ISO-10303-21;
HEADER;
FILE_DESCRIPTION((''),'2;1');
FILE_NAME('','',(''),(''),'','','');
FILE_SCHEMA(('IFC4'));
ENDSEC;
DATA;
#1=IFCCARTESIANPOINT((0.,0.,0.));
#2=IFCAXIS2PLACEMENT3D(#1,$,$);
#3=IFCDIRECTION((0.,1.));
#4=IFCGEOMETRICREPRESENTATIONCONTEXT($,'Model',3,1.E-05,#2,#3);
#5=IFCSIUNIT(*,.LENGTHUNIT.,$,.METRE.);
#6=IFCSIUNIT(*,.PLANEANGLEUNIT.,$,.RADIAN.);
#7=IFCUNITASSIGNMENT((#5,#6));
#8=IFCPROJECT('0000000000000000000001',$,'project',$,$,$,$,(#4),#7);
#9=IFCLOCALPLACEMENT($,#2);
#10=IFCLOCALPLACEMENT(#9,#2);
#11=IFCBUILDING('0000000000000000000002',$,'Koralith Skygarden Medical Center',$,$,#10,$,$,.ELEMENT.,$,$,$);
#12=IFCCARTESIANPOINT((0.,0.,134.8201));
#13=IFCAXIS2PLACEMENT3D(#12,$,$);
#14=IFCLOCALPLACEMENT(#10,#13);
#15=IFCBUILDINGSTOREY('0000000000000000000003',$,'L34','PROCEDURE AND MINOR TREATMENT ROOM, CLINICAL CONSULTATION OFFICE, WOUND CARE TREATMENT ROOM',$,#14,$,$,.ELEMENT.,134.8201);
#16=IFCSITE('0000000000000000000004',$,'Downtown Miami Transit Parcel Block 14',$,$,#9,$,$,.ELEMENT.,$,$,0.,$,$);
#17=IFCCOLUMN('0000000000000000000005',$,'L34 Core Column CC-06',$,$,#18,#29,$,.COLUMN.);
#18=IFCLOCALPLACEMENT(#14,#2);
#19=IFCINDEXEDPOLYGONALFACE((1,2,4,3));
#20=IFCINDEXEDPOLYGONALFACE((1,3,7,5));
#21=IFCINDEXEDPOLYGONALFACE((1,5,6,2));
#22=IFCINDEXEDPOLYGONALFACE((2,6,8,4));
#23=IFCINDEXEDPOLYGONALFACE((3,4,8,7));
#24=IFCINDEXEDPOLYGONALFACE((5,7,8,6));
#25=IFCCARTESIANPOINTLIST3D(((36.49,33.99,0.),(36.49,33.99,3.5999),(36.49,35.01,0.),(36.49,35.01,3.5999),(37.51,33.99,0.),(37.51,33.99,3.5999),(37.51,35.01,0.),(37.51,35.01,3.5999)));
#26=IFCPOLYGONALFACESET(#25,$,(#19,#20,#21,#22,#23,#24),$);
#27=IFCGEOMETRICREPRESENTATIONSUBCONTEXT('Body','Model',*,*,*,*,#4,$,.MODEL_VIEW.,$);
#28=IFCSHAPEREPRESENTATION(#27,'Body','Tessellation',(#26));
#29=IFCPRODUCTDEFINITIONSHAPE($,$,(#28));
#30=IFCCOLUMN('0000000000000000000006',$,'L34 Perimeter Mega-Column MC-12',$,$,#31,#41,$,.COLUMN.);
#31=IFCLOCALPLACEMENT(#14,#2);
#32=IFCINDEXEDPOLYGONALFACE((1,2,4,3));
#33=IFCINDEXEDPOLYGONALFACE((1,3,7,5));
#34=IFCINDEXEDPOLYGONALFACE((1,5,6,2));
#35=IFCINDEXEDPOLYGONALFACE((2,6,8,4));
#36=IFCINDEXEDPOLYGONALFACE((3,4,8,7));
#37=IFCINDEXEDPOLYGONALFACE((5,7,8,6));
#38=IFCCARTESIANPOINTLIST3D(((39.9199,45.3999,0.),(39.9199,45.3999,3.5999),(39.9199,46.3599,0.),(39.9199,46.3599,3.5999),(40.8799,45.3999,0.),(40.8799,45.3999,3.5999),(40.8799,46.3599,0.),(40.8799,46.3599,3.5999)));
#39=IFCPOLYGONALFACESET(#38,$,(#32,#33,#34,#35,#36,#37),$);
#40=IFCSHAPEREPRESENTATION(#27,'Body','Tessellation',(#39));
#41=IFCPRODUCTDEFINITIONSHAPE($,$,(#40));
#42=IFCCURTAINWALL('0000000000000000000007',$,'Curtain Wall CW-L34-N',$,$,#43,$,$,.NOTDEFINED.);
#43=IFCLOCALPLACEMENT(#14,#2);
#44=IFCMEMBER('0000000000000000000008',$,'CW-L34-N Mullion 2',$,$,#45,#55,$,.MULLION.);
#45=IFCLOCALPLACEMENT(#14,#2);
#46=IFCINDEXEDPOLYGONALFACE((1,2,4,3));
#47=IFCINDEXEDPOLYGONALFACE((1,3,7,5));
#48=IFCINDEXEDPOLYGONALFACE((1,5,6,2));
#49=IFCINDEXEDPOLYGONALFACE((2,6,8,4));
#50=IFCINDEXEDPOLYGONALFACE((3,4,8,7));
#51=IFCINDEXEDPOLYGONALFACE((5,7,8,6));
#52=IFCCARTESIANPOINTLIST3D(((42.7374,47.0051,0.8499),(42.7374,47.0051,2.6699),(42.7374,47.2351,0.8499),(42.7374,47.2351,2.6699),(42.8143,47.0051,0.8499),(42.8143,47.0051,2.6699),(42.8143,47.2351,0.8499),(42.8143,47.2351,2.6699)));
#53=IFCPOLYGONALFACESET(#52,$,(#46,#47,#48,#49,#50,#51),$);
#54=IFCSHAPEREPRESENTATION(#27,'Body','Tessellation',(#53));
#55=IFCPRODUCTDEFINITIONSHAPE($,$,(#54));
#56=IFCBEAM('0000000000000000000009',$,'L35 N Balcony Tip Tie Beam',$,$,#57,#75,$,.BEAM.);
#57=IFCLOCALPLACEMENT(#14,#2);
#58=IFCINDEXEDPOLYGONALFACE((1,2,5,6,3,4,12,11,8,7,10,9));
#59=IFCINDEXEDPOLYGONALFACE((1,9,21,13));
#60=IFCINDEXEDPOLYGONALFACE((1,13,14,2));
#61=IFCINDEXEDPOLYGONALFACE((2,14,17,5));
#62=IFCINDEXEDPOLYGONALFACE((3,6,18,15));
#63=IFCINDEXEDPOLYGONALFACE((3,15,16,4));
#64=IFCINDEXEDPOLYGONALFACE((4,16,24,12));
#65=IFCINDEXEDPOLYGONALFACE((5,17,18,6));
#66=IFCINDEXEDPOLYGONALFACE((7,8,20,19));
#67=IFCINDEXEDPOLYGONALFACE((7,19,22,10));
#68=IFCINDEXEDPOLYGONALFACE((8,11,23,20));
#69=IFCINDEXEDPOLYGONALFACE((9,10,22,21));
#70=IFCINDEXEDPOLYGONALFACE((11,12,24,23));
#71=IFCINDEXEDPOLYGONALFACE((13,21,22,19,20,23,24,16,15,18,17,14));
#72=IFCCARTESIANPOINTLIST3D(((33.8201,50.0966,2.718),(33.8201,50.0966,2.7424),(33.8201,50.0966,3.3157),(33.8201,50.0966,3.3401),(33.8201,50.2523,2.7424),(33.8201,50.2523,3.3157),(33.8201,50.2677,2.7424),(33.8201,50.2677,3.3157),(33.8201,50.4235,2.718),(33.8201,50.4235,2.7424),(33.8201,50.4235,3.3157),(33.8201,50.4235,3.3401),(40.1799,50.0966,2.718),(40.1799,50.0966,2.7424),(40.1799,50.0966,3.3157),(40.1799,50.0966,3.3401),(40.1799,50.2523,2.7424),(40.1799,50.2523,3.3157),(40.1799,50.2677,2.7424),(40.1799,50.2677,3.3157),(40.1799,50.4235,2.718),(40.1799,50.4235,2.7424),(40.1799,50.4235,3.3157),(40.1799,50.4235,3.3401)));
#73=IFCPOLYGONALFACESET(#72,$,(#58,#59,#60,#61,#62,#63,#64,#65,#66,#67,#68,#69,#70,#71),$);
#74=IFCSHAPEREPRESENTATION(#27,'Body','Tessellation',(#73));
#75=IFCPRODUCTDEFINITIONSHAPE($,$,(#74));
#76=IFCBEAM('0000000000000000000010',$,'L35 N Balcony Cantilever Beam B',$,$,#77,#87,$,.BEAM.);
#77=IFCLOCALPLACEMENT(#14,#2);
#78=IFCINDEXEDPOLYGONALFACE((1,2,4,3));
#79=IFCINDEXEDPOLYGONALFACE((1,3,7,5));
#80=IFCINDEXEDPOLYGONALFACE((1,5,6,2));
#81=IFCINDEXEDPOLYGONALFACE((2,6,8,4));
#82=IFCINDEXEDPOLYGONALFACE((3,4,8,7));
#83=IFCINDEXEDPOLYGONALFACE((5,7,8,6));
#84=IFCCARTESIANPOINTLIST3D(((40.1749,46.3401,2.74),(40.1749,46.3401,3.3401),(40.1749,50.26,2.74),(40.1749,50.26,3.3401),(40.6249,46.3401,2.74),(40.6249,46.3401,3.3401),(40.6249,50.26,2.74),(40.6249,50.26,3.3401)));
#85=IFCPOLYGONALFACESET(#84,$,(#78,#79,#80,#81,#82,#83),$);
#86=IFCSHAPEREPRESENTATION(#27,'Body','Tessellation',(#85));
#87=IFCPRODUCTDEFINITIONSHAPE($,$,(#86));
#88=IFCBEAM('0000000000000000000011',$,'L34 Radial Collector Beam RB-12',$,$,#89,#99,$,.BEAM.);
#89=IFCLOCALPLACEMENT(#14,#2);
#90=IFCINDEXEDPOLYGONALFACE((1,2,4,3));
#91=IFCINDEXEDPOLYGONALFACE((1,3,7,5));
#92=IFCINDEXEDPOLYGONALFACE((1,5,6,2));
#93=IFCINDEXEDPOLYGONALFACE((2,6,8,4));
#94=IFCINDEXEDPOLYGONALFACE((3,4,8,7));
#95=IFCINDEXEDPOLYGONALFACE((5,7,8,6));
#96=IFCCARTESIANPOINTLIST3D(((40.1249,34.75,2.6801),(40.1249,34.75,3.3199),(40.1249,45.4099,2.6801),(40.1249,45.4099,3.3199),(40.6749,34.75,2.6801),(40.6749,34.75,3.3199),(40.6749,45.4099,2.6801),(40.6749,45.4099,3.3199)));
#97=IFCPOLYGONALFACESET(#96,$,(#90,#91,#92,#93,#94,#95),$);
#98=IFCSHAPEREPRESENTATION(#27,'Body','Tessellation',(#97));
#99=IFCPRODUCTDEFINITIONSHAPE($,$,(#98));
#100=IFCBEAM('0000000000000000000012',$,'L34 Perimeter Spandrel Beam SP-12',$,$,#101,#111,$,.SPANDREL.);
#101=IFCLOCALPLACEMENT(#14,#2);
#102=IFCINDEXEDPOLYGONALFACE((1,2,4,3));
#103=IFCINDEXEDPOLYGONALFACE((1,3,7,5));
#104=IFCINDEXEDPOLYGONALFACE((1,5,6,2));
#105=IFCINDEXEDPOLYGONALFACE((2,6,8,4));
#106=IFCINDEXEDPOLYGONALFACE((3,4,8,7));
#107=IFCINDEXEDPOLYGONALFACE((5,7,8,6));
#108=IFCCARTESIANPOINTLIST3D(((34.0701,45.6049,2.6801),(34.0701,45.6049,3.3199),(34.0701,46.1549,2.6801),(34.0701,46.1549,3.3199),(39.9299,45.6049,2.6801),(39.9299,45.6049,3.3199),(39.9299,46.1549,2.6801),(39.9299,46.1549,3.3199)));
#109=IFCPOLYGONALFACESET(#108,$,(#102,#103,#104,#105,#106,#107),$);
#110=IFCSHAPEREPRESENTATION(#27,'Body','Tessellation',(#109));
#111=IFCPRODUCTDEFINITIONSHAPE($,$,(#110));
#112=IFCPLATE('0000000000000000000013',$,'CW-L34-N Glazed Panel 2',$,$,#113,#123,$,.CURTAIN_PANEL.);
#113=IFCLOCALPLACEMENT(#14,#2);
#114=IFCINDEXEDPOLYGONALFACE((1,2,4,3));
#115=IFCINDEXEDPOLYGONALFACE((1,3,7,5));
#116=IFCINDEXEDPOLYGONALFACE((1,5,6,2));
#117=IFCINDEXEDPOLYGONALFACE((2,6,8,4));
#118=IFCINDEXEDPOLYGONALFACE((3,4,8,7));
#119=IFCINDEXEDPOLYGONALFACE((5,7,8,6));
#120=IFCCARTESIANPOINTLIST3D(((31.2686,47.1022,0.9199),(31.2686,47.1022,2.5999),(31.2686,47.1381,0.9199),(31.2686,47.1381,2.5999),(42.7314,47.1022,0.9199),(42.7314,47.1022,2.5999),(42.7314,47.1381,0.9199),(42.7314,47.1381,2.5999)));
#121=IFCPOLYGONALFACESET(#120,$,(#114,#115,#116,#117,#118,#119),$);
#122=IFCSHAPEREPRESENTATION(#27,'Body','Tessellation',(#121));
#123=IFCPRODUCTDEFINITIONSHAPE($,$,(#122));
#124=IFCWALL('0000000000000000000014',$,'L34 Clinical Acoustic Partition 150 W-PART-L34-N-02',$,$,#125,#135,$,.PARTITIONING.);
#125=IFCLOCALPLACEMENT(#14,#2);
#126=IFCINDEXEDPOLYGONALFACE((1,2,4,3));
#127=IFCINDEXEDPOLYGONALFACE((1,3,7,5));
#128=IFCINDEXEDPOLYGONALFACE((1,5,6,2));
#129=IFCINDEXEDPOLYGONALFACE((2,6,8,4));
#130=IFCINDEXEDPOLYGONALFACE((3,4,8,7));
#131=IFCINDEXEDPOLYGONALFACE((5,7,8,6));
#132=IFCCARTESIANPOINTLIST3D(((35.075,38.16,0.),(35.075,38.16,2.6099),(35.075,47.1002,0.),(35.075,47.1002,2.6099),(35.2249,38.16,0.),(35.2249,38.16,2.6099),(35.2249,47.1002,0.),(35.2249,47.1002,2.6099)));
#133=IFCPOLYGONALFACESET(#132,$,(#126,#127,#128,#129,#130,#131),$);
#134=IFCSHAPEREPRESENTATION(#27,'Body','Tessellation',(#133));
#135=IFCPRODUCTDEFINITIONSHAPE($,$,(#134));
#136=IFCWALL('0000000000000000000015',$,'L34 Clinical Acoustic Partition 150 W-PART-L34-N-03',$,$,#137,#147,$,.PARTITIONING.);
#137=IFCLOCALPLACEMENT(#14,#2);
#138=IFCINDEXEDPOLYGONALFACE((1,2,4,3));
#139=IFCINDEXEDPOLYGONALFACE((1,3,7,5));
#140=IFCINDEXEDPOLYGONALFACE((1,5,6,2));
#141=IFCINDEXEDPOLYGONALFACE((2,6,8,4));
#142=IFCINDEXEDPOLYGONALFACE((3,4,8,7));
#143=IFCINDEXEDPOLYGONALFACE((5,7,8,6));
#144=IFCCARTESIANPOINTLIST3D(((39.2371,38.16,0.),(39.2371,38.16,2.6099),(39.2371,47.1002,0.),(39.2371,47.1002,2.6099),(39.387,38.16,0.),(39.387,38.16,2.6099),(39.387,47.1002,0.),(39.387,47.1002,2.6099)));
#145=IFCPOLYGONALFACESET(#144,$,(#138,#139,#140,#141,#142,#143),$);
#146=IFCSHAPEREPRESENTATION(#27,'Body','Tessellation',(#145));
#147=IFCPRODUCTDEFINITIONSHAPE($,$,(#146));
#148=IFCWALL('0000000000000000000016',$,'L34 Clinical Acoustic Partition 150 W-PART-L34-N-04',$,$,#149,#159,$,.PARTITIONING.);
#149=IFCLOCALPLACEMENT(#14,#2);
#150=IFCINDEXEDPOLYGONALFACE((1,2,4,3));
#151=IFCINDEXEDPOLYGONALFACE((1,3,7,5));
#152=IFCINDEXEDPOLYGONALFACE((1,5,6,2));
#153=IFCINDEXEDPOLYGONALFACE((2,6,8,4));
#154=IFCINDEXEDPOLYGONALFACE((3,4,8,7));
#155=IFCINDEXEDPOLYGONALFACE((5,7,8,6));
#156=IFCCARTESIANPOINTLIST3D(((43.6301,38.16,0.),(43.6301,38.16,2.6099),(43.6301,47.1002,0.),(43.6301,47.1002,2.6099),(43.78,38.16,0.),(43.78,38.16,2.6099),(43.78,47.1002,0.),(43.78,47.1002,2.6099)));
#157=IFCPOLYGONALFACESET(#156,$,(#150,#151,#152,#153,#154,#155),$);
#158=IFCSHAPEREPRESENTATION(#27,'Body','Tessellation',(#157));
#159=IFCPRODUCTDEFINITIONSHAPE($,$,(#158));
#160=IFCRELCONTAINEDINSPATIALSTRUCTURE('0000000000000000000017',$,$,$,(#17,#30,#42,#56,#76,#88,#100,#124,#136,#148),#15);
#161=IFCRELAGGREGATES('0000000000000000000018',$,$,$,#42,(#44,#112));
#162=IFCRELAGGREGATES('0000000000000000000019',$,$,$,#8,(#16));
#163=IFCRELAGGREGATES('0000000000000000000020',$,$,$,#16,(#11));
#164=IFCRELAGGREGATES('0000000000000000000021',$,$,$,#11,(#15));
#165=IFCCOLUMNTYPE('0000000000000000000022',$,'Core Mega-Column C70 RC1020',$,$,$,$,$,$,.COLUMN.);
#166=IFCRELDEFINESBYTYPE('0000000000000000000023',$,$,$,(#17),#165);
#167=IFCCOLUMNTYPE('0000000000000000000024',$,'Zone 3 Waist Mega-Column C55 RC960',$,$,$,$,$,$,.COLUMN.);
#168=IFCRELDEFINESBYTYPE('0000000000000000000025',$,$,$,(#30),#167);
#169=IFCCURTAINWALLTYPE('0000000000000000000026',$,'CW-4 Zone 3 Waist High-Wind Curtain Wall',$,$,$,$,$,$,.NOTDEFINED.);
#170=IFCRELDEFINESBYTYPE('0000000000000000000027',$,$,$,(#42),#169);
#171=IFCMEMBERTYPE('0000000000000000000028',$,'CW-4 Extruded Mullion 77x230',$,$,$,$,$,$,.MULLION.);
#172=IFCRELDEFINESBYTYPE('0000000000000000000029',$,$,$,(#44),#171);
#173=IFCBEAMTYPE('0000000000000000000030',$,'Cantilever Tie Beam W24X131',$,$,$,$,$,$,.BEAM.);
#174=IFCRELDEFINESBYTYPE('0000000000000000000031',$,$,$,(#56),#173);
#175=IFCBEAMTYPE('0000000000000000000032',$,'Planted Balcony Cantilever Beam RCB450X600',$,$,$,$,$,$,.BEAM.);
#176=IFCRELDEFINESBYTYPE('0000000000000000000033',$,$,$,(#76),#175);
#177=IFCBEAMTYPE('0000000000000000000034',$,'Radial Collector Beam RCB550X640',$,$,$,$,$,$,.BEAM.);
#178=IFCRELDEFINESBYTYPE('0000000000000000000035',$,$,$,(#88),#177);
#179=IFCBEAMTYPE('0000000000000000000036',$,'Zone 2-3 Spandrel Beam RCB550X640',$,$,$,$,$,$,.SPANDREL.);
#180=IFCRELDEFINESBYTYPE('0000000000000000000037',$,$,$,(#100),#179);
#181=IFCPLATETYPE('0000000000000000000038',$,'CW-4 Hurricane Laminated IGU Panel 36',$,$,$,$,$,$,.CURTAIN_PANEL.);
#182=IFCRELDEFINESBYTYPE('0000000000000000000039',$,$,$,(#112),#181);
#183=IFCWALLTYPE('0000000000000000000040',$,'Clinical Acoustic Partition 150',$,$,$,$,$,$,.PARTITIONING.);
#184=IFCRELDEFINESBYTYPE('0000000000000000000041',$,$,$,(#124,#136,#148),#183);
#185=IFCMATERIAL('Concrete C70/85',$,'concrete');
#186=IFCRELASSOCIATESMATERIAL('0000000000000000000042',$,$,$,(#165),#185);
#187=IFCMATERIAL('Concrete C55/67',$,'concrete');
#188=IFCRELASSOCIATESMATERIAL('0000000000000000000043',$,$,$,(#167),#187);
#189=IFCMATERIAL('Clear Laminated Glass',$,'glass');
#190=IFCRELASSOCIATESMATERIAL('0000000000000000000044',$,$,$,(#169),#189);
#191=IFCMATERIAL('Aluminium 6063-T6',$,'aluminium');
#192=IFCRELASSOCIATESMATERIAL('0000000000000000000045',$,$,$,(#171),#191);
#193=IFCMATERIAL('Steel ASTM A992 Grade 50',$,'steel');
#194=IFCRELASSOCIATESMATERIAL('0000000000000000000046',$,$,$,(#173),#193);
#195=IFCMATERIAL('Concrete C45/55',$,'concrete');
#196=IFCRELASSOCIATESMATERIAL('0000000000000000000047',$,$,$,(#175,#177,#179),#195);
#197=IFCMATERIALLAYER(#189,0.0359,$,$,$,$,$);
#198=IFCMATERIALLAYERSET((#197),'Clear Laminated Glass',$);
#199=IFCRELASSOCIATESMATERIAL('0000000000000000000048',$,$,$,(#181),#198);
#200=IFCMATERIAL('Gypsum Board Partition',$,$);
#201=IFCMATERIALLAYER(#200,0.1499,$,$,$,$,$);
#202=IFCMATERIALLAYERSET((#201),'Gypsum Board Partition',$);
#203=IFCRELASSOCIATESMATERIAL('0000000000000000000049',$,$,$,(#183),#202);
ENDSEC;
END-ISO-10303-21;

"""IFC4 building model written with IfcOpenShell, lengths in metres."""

from ifc_helpers import new_model, si_unit, direction, frame, frame_2d, origin, origin_2d, place, context, subcontext, project, spatial, rectangle, i_section, extrude, material, layer, layer_set, material_profile, profile_set, type_object, element, aggregate, save


model = new_model("IFC4")

# Units and contexts
model_context = context("Model", 3, precision=1e-05, world=origin(), true_north=direction((0.0, 1.0)))
body_context = subcontext(model_context, "Body", "Model", "MODEL_VIEW")
ifc_project = project(units=[si_unit("LENGTHUNIT", "METRE"), si_unit("PLANEANGLEUNIT", "RADIAN")], contexts=[model_context])

# Site, building, storey
site_placement = place(None, origin())
site = spatial("IfcSite", under=ifc_project, at=site_placement, Name="Downtown Miami Transit Parcel Block 14", CompositionType="ELEMENT", RefElevation=0.0)
building_placement = place(site_placement, origin())
building = spatial("IfcBuilding", under=site, at=building_placement, Name="Koralith Skygarden Medical Center", CompositionType="ELEMENT")
storey_placement = place(building_placement, frame((0.0, 0.0, 134.8201)))
storey = spatial("IfcBuildingStorey", under=building, at=storey_placement, Name="L34", Description="PROCEDURE AND MINOR TREATMENT ROOM, CLINICAL CONSULTATION OFFICE, WOUND CARE TREATMENT ROOM", CompositionType="ELEMENT", Elevation=134.8201)

# Columns
ifc_material_1 = material(Name="Concrete C70/85", Category="concrete")
ifc_material_profile_1 = material_profile(ifc_material_1, rectangle(XDim=1.02, YDim=1.02, at=origin_2d()), Name="RC1020X1020")
ifc_profile_set_1 = profile_set([ifc_material_profile_1], Name="Concrete C70/85")
column_type_1 = type_object("IfcColumnType", Name="Core Mega-Column C70 RC1020", PredefinedType="COLUMN", material=ifc_profile_set_1)
column_1_placement = place(storey_placement, frame((37.0, 34.5, 0.0), z_axis=(0.0, 0.0, 1.0), x_axis=(1.0, 0.0, 0.0)))
element("IfcColumn", 1, at=column_1_placement, inside=storey, type_object=column_type_1, Name="L34 Core Column CC-06", PredefinedType="COLUMN", context=body_context, shape_type="SweptSolid", body=[
    extrude(rectangle(XDim=1.02, YDim=1.02, at=origin_2d()), origin(), (0.0, 0.0, 1.0), 3.5999),
])
ifc_material_2 = material(Name="Concrete C55/67", Category="concrete")
ifc_material_profile_2 = material_profile(ifc_material_2, rectangle(XDim=0.96, YDim=0.96, at=origin_2d()), Name="RC960X960")
ifc_profile_set_2 = profile_set([ifc_material_profile_2], Name="Concrete C55/67")
column_type_2 = type_object("IfcColumnType", Name="Zone 3 Waist Mega-Column C55 RC960", PredefinedType="COLUMN", material=ifc_profile_set_2)
column_2_placement = place(storey_placement, frame((40.3999, 45.8799, 0.0), z_axis=(0.0, 0.0, 1.0), x_axis=(1.0, 0.0, 0.0)))
element("IfcColumn", 2, at=column_2_placement, inside=storey, type_object=column_type_2, Name="L34 Perimeter Mega-Column MC-12", PredefinedType="COLUMN", context=body_context, shape_type="SweptSolid", body=[
    extrude(rectangle(XDim=0.96, YDim=0.96, at=origin_2d()), origin(), (0.0, 0.0, 1.0), 3.5999),
])

# Curtain wall, member
ifc_material_3 = material(Name="Clear Laminated Glass", Category="glass")
curtain_wall_type = type_object("IfcCurtainWallType", Name="CW-4 Zone 3 Waist High-Wind Curtain Wall", PredefinedType="NOTDEFINED", material=ifc_material_3)
curtain_wall_placement = place(storey_placement, origin())
curtain_wall = element("IfcCurtainWall", 3, at=curtain_wall_placement, inside=storey, type_object=curtain_wall_type, Name="Curtain Wall CW-L34-N", PredefinedType="NOTDEFINED")
ifc_material_4 = material(Name="Aluminium 6063-T6", Category="aluminium")
ifc_material_profile_3 = material_profile(ifc_material_4, rectangle(XDim=0.0769, YDim=0.23, at=origin_2d()), Name="MUL77X230")
ifc_profile_set_3 = profile_set([ifc_material_profile_3], Name="Aluminium 6063-T6")
member_type = type_object("IfcMemberType", Name="CW-4 Extruded Mullion 77x230", PredefinedType="MULLION", material=ifc_profile_set_3)
member_placement = place(storey_placement, frame((42.7759, 47.1201, 0.8499), z_axis=(0.0, 0.0, 1.0), x_axis=(1.0, 0.0, 0.0)))
member = element("IfcMember", 4, at=member_placement, type_object=member_type, Name="CW-L34-N Mullion 2", PredefinedType="MULLION", context=body_context, shape_type="SweptSolid", body=[
    extrude(rectangle(XDim=0.0769, YDim=0.23, at=origin_2d()), origin(), (0.0, 0.0, 1.0), 1.8201),
])

# Beams
ifc_material_5 = material(Name="Steel ASTM A992 Grade 50", Category="steel")
ifc_material_profile_4 = material_profile(ifc_material_5, i_section(OverallWidth=0.3269, OverallDepth=0.6221, WebThickness=0.0154, FlangeThickness=0.0244, at=origin_2d()), Name="W24X131")
ifc_profile_set_4 = profile_set([ifc_material_profile_4], Name="Steel ASTM A992 Grade 50")
beam_type_1 = type_object("IfcBeamType", Name="Cantilever Tie Beam W24X131", PredefinedType="BEAM", material=ifc_profile_set_4)
beam_1_placement = place(storey_placement, frame((33.8201, 50.26, 3.0291), z_axis=(1.0, 0.0, 0.0), x_axis=(0.0, 1.0, 0.0)))
element("IfcBeam", 5, at=beam_1_placement, inside=storey, type_object=beam_type_1, Name="L35 N Balcony Tip Tie Beam", PredefinedType="BEAM", context=body_context, shape_type="SweptSolid", body=[
    extrude(i_section(OverallWidth=0.3269, OverallDepth=0.6221, WebThickness=0.0154, FlangeThickness=0.0244, at=origin_2d()), origin(), (0.0, 0.0, 1.0), 6.3599),
])
ifc_material_6 = material(Name="Concrete C45/55", Category="concrete")
ifc_material_profile_5 = material_profile(ifc_material_6, rectangle(XDim=0.45, YDim=0.6001, at=origin_2d()), Name="RCB450X600")
ifc_profile_set_5 = profile_set([ifc_material_profile_5], Name="Concrete C45/55")
beam_type_2 = type_object("IfcBeamType", Name="Planted Balcony Cantilever Beam RCB450X600", PredefinedType="BEAM", material=ifc_profile_set_5)
beam_2_placement = place(storey_placement, frame((40.3999, 46.3401, 3.04), z_axis=(0.0, 1.0, 0.0), x_axis=(-1.0, 0.0, 0.0)))
element("IfcBeam", 6, at=beam_2_placement, inside=storey, type_object=beam_type_2, Name="L35 N Balcony Cantilever Beam B", PredefinedType="BEAM", context=body_context, shape_type="SweptSolid", body=[
    extrude(rectangle(XDim=0.45, YDim=0.6001, at=origin_2d()), origin(), (0.0, 0.0, 1.0), 3.9199),
])
ifc_material_profile_6 = material_profile(ifc_material_6, rectangle(XDim=0.55, YDim=0.6399, at=origin_2d()), Name="RCB550X640")
ifc_profile_set_6 = profile_set([ifc_material_profile_6], Name="Concrete C45/55")
beam_type_3 = type_object("IfcBeamType", Name="Radial Collector Beam RCB550X640", PredefinedType="BEAM", material=ifc_profile_set_6)
beam_3_placement = place(storey_placement, frame((40.3999, 34.75, 3.0), z_axis=(0.0, 1.0, 0.0), x_axis=(-1.0, 0.0, 0.0)))
element("IfcBeam", 7, at=beam_3_placement, inside=storey, type_object=beam_type_3, Name="L34 Radial Collector Beam RB-12", PredefinedType="BEAM", context=body_context, shape_type="SweptSolid", body=[
    extrude(rectangle(XDim=0.55, YDim=0.6399, at=origin_2d()), origin(), (0.0, 0.0, 1.0), 10.6599),
])
ifc_material_profile_7 = material_profile(ifc_material_6, rectangle(XDim=0.55, YDim=0.6399, at=origin_2d()), Name="RCB550X640")
ifc_profile_set_7 = profile_set([ifc_material_profile_7], Name="Concrete C45/55")
beam_type_4 = type_object("IfcBeamType", Name="Zone 2-3 Spandrel Beam RCB550X640", PredefinedType="SPANDREL", material=ifc_profile_set_7)
beam_4_placement = place(storey_placement, frame((39.9299, 45.8799, 3.0), z_axis=(-1.0, 0.0, 0.0), x_axis=(0.0, -1.0, 0.0)))
element("IfcBeam", 8, at=beam_4_placement, inside=storey, type_object=beam_type_4, Name="L34 Perimeter Spandrel Beam SP-12", PredefinedType="SPANDREL", context=body_context, shape_type="SweptSolid", body=[
    extrude(rectangle(XDim=0.55, YDim=0.6399, at=origin_2d()), origin(), (0.0, 0.0, 1.0), 5.8599),
])

# Plate
ifc_layer_1 = layer(ifc_material_3, 0.0359)
ifc_layer_set_1 = layer_set([ifc_layer_1], Name="Clear Laminated Glass")
plate_type = type_object("IfcPlateType", Name="CW-4 Hurricane Laminated IGU Panel 36", PredefinedType="CURTAIN_PANEL", material=ifc_layer_set_1)
plate_placement = place(storey_placement, frame((37.0, 47.1201, 0.9199), z_axis=(0.0, 0.0, 1.0), x_axis=(-1.0, 0.0, 0.0)))
plate = element("IfcPlate", 9, at=plate_placement, type_object=plate_type, Name="CW-L34-N Glazed Panel 2", PredefinedType="CURTAIN_PANEL", context=body_context, shape_type="SweptSolid", body=[
    extrude(rectangle(XDim=11.4629, YDim=0.0359, at=origin_2d()), origin(), (0.0, 0.0, 1.0), 1.6799),
])
aggregate(curtain_wall, [member, plate])

# Walls
ifc_material_7 = material(Name="Gypsum Board Partition")
ifc_layer_2 = layer(ifc_material_7, 0.1499)
ifc_layer_set_2 = layer_set([ifc_layer_2], Name="Gypsum Board Partition")
wall_type_1 = type_object("IfcWallType", Name="Clinical Acoustic Partition 150", PredefinedType="PARTITIONING", material=ifc_layer_set_2)
for number, where, z_axis, x_axis, name in (
    (10, (35.1499, 38.1599, 0.0), (0.0, 0.0, 1.0), (0.0, 1.0, 0.0), "L34 Clinical Acoustic Partition 150 W-PART-L34-N-02"),
    (11, (39.312, 38.1599, 0.0), (0.0, 0.0, 1.0), (0.0, 1.0, 0.0), "L34 Clinical Acoustic Partition 150 W-PART-L34-N-03"),
    (12, (43.7051, 38.1599, 0.0), (0.0, 0.0, 1.0), (0.0, 1.0, 0.0), "L34 Clinical Acoustic Partition 150 W-PART-L34-N-04"),
):
    element("IfcWall", number, at=place(storey_placement, frame(where, z_axis=z_axis, x_axis=x_axis)), inside=storey, type_object=wall_type_1, Name=name, PredefinedType="PARTITIONING", context=body_context, shape_type="SweptSolid", body=[
        extrude(rectangle(XDim=8.9402, YDim=0.1499, at=frame_2d((4.4702, 0.0))), origin(), (0.0, 0.0, 1.0), 2.6099),
    ])

save(model, "model.ifc")
